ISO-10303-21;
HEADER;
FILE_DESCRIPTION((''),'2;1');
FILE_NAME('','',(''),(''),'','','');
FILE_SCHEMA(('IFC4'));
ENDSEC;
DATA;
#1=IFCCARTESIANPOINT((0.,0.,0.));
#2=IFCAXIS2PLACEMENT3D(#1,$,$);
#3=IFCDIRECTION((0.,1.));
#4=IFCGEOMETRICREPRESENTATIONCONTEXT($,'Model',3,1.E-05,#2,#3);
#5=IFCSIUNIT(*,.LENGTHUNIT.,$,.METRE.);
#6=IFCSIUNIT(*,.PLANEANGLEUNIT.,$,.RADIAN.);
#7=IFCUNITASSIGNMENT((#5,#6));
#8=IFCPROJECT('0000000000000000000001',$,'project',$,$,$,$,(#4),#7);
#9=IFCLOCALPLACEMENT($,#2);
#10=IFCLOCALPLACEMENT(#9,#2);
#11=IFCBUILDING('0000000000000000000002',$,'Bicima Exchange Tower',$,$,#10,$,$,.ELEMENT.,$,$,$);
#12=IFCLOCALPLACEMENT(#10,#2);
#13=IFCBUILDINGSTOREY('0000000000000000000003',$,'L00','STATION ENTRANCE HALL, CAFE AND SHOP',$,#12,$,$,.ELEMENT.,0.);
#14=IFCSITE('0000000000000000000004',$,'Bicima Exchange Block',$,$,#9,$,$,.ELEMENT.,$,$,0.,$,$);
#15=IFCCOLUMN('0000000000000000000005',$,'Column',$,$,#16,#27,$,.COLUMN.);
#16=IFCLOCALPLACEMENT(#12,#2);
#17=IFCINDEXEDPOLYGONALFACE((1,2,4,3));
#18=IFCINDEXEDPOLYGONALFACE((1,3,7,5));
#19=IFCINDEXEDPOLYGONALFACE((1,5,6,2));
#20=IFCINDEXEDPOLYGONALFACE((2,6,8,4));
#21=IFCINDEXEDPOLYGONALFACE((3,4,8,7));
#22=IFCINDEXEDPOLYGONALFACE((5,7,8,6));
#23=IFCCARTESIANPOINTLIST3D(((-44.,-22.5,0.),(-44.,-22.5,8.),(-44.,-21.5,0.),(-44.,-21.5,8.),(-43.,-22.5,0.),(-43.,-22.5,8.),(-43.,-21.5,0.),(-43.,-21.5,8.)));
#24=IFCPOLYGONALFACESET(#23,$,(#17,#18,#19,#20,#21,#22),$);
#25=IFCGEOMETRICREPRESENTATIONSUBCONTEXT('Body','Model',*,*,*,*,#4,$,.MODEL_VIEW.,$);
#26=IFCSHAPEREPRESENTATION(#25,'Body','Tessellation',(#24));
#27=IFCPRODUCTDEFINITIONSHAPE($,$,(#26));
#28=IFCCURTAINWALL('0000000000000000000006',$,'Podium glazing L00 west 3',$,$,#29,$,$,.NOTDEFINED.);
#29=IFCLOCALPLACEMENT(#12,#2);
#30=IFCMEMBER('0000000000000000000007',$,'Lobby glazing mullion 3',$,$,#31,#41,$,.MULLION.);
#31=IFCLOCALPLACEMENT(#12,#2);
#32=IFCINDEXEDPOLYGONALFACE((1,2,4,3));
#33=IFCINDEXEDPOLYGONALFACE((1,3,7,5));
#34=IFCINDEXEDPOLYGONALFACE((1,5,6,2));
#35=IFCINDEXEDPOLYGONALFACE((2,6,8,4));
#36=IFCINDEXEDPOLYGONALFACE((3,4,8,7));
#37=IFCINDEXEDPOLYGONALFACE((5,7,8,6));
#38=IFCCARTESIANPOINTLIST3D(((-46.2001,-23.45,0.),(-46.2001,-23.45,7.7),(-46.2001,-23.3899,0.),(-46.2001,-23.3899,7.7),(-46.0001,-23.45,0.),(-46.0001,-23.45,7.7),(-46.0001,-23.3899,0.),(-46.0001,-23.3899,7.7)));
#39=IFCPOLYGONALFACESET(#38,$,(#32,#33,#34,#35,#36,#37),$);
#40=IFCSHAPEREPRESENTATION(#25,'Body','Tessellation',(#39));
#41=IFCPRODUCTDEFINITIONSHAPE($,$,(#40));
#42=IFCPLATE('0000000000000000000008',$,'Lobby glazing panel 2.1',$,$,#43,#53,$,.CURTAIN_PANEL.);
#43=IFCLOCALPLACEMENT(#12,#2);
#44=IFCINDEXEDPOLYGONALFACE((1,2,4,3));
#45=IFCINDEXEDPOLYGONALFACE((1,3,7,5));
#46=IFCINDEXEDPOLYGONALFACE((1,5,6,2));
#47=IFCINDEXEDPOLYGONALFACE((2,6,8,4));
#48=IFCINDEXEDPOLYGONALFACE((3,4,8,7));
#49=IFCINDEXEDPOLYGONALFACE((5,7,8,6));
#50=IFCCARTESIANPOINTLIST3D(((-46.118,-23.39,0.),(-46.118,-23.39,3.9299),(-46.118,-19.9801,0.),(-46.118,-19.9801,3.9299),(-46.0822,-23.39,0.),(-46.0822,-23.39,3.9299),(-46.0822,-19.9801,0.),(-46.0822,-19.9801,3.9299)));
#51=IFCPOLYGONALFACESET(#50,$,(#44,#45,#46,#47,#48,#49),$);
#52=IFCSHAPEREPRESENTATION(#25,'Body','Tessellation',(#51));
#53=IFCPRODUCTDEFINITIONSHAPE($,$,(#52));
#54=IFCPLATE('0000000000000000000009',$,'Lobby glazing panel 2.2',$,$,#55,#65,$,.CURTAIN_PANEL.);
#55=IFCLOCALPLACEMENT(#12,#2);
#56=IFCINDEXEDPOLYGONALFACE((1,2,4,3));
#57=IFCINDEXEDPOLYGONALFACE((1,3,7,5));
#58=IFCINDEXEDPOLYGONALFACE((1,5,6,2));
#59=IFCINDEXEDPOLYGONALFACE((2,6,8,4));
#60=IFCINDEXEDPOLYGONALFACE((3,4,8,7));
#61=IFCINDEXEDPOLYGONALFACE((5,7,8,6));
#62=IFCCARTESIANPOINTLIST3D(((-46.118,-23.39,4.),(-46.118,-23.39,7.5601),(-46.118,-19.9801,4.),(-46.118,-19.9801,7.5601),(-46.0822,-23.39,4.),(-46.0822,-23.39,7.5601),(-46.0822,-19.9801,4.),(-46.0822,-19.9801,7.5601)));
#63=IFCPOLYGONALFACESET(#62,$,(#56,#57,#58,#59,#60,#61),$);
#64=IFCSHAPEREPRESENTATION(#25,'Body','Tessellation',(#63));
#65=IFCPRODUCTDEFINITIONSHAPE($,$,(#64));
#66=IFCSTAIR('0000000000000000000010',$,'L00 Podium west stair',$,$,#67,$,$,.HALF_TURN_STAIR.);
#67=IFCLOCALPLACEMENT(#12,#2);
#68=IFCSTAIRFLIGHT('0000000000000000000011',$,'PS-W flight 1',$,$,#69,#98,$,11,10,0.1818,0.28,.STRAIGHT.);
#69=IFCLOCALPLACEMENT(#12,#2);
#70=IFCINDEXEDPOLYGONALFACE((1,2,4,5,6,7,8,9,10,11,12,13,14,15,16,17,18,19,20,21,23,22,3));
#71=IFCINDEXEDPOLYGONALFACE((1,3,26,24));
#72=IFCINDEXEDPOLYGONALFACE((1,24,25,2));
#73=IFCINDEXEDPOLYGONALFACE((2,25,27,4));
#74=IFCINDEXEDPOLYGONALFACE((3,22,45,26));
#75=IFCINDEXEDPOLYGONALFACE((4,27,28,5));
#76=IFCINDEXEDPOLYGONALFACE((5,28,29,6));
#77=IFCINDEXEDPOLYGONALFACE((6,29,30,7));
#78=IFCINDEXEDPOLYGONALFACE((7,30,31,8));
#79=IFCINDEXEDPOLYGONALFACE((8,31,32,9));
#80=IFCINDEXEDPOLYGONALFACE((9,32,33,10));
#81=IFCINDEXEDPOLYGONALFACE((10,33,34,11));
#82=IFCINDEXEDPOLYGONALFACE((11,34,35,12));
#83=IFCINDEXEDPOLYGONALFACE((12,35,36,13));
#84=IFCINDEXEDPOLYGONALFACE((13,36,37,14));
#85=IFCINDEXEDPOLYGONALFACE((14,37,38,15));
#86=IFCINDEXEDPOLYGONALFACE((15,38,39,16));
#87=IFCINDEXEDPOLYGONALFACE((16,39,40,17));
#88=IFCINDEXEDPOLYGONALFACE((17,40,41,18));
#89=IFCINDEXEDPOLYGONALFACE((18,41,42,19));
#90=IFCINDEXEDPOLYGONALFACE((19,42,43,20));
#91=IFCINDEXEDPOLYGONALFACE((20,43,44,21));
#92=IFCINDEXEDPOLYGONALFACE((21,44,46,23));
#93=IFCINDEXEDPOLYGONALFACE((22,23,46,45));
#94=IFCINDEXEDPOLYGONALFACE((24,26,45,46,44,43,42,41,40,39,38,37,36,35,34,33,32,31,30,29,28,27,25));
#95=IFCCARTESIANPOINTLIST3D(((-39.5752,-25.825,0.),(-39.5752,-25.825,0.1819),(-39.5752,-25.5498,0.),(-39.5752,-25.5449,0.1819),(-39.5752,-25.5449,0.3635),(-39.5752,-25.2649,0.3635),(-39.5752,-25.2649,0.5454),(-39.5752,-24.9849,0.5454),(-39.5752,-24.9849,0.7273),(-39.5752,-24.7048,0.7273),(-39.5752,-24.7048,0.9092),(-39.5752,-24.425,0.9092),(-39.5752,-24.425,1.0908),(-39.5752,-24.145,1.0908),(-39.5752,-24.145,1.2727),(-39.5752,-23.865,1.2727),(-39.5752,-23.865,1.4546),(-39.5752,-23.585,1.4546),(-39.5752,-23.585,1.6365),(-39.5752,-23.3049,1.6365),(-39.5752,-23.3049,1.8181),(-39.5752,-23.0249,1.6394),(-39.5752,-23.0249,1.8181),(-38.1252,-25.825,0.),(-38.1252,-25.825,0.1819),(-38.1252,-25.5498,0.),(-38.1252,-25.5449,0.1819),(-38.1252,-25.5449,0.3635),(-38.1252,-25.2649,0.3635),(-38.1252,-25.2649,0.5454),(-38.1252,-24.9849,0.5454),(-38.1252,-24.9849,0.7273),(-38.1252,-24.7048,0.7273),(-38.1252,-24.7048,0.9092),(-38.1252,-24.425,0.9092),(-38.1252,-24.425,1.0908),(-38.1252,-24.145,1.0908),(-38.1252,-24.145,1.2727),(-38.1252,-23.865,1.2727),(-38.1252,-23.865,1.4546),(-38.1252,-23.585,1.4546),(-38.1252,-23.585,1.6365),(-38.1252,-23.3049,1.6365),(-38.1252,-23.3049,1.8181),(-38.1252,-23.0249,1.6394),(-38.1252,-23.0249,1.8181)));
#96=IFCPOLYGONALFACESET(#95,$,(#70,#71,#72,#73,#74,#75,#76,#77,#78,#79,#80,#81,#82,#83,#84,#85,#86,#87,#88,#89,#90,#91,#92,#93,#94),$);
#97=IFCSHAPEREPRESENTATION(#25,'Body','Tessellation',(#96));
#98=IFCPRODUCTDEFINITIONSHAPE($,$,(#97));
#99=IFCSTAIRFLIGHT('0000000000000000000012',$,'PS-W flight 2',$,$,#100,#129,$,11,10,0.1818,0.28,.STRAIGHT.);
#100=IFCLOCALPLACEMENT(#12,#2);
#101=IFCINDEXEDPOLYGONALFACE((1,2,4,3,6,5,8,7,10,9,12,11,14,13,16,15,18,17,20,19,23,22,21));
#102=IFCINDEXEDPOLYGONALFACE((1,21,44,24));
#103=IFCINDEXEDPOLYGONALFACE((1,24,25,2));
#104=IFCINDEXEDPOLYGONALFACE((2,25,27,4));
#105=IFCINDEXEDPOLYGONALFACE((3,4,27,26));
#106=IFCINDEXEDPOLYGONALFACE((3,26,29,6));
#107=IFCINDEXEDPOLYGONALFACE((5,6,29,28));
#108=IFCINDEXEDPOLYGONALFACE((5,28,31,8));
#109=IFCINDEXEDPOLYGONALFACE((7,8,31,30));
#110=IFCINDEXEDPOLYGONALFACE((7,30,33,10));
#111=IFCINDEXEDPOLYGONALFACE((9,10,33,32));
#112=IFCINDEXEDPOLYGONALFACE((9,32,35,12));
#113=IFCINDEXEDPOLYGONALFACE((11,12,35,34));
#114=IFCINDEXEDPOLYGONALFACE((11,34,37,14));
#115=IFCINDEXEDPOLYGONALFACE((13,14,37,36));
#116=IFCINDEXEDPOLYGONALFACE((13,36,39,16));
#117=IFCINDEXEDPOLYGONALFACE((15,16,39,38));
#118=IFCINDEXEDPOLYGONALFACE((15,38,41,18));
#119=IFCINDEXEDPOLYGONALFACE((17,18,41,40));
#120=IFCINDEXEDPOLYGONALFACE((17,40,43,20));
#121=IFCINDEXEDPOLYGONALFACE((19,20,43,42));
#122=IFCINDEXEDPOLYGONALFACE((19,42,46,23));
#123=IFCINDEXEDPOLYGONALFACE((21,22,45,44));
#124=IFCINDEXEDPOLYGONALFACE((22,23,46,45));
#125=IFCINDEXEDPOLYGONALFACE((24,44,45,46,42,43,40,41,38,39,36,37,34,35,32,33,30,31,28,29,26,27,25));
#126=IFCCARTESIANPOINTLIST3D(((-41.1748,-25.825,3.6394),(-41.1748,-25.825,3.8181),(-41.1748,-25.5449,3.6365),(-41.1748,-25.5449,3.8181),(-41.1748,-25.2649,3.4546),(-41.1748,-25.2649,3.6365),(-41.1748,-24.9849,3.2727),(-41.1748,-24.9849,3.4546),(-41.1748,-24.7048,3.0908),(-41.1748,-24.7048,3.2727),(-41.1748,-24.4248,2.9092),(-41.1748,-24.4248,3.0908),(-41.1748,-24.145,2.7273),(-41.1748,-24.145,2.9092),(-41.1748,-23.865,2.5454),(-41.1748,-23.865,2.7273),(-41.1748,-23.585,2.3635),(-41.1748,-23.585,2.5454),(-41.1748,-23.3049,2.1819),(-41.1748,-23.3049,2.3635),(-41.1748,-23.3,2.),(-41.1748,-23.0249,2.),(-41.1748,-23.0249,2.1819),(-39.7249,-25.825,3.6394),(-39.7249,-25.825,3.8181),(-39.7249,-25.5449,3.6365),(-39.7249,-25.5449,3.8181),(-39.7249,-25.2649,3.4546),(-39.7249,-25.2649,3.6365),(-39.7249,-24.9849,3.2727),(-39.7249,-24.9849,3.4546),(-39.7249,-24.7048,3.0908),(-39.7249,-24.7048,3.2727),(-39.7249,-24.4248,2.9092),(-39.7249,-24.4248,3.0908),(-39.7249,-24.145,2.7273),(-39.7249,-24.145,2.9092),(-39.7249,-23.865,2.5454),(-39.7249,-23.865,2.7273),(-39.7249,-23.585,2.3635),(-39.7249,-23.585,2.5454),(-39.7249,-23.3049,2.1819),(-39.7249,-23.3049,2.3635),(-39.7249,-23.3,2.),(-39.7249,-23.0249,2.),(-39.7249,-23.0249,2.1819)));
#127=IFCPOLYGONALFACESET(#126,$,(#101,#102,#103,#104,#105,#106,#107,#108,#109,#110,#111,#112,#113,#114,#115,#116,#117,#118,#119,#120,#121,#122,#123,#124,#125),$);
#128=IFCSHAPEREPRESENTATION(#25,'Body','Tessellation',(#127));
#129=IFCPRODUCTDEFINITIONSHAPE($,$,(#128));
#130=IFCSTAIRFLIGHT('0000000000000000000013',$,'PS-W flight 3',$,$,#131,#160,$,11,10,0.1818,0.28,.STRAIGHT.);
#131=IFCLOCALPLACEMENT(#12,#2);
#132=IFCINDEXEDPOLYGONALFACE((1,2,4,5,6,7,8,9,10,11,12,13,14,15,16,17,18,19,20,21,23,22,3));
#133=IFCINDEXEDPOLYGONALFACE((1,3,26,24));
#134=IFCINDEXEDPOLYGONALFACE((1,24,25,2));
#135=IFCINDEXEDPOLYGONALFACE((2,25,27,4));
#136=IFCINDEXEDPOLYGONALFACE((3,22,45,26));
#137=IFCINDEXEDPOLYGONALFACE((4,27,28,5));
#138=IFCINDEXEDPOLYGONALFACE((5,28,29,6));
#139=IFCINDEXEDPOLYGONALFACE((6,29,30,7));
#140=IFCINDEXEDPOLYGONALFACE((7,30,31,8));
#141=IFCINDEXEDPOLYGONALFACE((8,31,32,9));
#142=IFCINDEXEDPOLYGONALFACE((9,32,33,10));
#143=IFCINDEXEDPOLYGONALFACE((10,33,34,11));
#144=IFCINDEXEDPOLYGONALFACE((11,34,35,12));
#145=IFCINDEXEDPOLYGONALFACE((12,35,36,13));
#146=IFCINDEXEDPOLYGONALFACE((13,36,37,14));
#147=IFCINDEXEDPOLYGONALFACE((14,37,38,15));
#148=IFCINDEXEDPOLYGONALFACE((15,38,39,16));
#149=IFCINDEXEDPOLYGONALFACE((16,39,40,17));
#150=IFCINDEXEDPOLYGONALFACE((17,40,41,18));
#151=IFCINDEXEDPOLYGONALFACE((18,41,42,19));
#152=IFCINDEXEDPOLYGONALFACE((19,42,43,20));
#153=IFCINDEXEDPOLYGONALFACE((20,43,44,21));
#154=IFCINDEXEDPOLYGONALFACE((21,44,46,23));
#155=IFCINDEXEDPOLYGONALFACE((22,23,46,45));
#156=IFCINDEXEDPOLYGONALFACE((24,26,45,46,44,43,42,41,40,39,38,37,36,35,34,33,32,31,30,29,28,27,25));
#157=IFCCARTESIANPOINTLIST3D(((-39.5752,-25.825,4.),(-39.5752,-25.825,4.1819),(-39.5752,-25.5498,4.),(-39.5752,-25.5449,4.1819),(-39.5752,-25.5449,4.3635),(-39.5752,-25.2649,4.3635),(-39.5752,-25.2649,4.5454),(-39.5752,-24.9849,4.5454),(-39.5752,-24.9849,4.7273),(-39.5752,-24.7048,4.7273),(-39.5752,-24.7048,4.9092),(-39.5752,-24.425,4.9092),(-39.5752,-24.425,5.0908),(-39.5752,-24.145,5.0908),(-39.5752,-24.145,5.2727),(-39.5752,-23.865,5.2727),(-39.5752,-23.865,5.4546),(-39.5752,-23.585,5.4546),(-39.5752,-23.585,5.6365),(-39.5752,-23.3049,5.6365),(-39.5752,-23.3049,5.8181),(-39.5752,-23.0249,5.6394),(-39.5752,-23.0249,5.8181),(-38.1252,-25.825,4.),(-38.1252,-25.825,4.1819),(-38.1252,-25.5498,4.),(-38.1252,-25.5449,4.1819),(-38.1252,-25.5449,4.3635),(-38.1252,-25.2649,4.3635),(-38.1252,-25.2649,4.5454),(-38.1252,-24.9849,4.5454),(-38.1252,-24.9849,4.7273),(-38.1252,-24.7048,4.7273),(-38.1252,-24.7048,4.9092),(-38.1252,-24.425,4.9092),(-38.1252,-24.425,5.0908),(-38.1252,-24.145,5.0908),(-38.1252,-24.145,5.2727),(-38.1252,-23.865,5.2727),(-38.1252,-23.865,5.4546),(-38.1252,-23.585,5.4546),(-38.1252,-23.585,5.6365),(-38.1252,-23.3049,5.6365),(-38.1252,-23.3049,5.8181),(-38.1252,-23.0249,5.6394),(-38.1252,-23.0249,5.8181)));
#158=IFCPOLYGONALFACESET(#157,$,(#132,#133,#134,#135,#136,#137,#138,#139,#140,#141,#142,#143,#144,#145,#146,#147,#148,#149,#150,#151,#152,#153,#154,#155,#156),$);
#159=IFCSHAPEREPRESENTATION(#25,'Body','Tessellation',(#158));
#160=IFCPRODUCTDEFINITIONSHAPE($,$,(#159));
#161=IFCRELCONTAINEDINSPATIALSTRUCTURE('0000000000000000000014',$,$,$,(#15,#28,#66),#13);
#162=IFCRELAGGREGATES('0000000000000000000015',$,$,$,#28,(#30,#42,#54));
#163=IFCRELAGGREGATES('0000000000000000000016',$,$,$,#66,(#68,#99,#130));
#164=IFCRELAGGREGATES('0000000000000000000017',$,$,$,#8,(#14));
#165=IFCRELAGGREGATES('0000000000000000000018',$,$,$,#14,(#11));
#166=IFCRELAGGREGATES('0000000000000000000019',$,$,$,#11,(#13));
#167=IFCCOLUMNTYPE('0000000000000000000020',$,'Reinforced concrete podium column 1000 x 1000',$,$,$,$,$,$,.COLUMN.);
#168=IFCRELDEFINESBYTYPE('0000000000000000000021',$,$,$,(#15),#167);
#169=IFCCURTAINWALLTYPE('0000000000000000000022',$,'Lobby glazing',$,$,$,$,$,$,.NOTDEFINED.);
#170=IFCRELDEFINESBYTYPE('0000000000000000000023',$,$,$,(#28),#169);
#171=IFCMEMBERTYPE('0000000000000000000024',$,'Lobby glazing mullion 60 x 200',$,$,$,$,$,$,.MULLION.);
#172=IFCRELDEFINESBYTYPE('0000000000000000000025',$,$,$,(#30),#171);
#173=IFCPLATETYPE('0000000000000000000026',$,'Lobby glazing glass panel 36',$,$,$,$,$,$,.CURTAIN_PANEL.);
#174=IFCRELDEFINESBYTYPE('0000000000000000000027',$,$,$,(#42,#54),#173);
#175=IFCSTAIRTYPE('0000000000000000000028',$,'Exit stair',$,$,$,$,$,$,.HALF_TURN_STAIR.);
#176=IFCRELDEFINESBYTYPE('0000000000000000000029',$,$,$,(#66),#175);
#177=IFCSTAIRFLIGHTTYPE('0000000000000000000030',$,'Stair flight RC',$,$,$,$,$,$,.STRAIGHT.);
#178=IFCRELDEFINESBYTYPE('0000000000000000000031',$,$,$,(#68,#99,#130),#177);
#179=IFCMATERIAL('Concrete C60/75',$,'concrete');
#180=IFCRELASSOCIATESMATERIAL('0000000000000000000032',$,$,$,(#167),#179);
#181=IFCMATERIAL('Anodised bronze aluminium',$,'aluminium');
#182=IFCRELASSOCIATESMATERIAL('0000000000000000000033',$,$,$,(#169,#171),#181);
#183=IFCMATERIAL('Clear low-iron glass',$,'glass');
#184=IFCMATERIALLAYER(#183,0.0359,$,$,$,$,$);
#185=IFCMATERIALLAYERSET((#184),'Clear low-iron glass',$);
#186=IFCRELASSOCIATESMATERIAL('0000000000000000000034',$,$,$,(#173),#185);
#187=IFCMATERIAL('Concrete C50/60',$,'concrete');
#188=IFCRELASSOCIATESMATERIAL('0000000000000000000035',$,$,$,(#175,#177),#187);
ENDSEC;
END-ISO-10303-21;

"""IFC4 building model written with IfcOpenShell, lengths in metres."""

from ifc_helpers import new_model, si_unit, direction, frame, origin, origin_2d, place, context, subcontext, project, spatial, polyline, rectangle, outline, extrude, material, layer, layer_set, material_profile, profile_set, type_object, element, aggregate, save


model = new_model("IFC4")

# Units and contexts
model_context = context("Model", 3, precision=1e-05, world=origin(), true_north=direction((0.0, 1.0)))
body_context = subcontext(model_context, "Body", "Model", "MODEL_VIEW")
ifc_project = project(units=[si_unit("LENGTHUNIT", "METRE"), si_unit("PLANEANGLEUNIT", "RADIAN")], contexts=[model_context])

# Site, building, storey
site_placement = place(None, origin())
site = spatial("IfcSite", under=ifc_project, at=site_placement, Name="Bicima Exchange Block", CompositionType="ELEMENT", RefElevation=0.0)
building_placement = place(site_placement, origin())
building = spatial("IfcBuilding", under=site, at=building_placement, Name="Bicima Exchange Tower", CompositionType="ELEMENT")
storey_placement = place(building_placement, origin())
storey = spatial("IfcBuildingStorey", under=building, at=storey_placement, Name="L00", Description="STATION ENTRANCE HALL, CAFE AND SHOP", CompositionType="ELEMENT", Elevation=0.0)

# Column
ifc_material_1 = material(Name="Concrete C60/75", Category="concrete")
ifc_material_profile_1 = material_profile(ifc_material_1, rectangle(XDim=1.0, YDim=1.0, at=origin_2d()))
ifc_profile_set_1 = profile_set([ifc_material_profile_1], Name="Concrete C60/75")
column_type = type_object("IfcColumnType", Name="Reinforced concrete podium column 1000 x 1000", PredefinedType="COLUMN", material=ifc_profile_set_1)
column_placement = place(storey_placement, frame((-43.5, -22.0, 0.0), z_axis=(0.0, 0.0, 1.0), x_axis=(1.0, 0.0, 0.0)))
element("IfcColumn", 1, at=column_placement, inside=storey, type_object=column_type, Name="Column", PredefinedType="COLUMN", context=body_context, shape_type="SweptSolid", body=[
    extrude(rectangle(XDim=1.0, YDim=1.0, at=origin_2d()), origin(), (0.0, 0.0, 1.0), 8.0),
])

# Curtain wall, member, plates
ifc_material_2 = material(Name="Anodised bronze aluminium", Category="aluminium")
curtain_wall_type = type_object("IfcCurtainWallType", Name="Lobby glazing", PredefinedType="NOTDEFINED", material=ifc_material_2)
curtain_wall_placement = place(storey_placement, origin())
curtain_wall = element("IfcCurtainWall", 2, at=curtain_wall_placement, inside=storey, type_object=curtain_wall_type, Name="Podium glazing L00 west 3", PredefinedType="NOTDEFINED")
ifc_material_profile_2 = material_profile(ifc_material_2, rectangle(XDim=0.2, YDim=0.0601, at=origin_2d()))
ifc_profile_set_2 = profile_set([ifc_material_profile_2], Name="Anodised bronze aluminium")
member_type = type_object("IfcMemberType", Name="Lobby glazing mullion 60 x 200", PredefinedType="MULLION", material=ifc_profile_set_2)
member_placement = place(storey_placement, frame((-46.1001, -23.4199, 0.0), z_axis=(0.0, 0.0, 1.0), x_axis=(1.0, 0.0, 0.0)))
member = element("IfcMember", 3, at=member_placement, type_object=member_type, Name="Lobby glazing mullion 3", PredefinedType="MULLION", context=body_context, shape_type="SweptSolid", body=[
    extrude(rectangle(XDim=0.2, YDim=0.0601, at=origin_2d()), origin(), (0.0, 0.0, 1.0), 7.7),
])
ifc_material_3 = material(Name="Clear low-iron glass", Category="glass")
ifc_layer = layer(ifc_material_3, 0.0359)
ifc_layer_set = layer_set([ifc_layer], Name="Clear low-iron glass")
plate_type = type_object("IfcPlateType", Name="Lobby glazing glass panel 36", PredefinedType="CURTAIN_PANEL", material=ifc_layer_set)
plate_1_placement = place(storey_placement, frame((-46.1001, -21.6851, 0.0), z_axis=(0.0, 0.0, 1.0), x_axis=(0.0, -1.0, 0.0)))
plate_1 = element("IfcPlate", 4, at=plate_1_placement, type_object=plate_type, Name="Lobby glazing panel 2.1", PredefinedType="CURTAIN_PANEL", context=body_context, shape_type="SweptSolid", body=[
    extrude(rectangle(XDim=3.4099, YDim=0.0359, at=origin_2d()), origin(), (0.0, 0.0, 1.0), 3.9299),
])
plate_2_placement = place(storey_placement, frame((-46.1001, -21.6851, 4.0), z_axis=(0.0, 0.0, 1.0), x_axis=(0.0, -1.0, 0.0)))
plate_2 = element("IfcPlate", 5, at=plate_2_placement, type_object=plate_type, Name="Lobby glazing panel 2.2", PredefinedType="CURTAIN_PANEL", context=body_context, shape_type="SweptSolid", body=[
    extrude(rectangle(XDim=3.4099, YDim=0.0359, at=origin_2d()), origin(), (0.0, 0.0, 1.0), 3.5601),
])
aggregate(curtain_wall, [member, plate_1, plate_2])

# Stair, stair flights
ifc_material_4 = material(Name="Concrete C50/60", Category="concrete")
stair_type = type_object("IfcStairType", Name="Exit stair", PredefinedType="HALF_TURN_STAIR", material=ifc_material_4)
stair_placement = place(storey_placement, origin())
stair = element("IfcStair", 6, at=stair_placement, inside=storey, type_object=stair_type, Name="L00 Podium west stair", PredefinedType="HALF_TURN_STAIR")
stair_flight_type = type_object("IfcStairFlightType", Name="Stair flight RC", PredefinedType="STRAIGHT", material=ifc_material_4)
stair_flight_1_placement = place(storey_placement, frame((-38.8501, -25.825, 0.0), z_axis=(0.0, 0.0, 1.0), x_axis=(0.0, 1.0, 0.0)))
stair_flight_1 = element("IfcStairFlight", 7, at=stair_flight_1_placement, type_object=stair_flight_type, Name="PS-W flight 1", NumberOfRisers=11, NumberOfTreads=10, PredefinedType="STRAIGHT", RiserHeight=0.1818, TreadLength=0.28, context=body_context, shape_type="SweptSolid", body=[
    extrude(outline(polyline([(0.0, 0.0), (0.0, 0.1819), (0.28, 0.1819), (0.28, 0.3635), (0.5601, 0.3635), (0.5601, 0.5454), (0.8401, 0.5454), (0.8401, 0.7273), (1.1201, 0.7273), (1.1201, 0.9092), (1.3999, 0.9092), (1.3999, 1.0908), (1.6799, 1.0908), (1.6799, 1.2727), (1.96, 1.2727), (1.96, 1.4546), (2.24, 1.4546), (2.24, 1.6365), (2.52, 1.6365), (2.52, 1.8181), (2.8, 1.8181), (2.8, 2.0), (2.8, 1.6394), (0.2751, 0.0), (0.0, 0.0)])), frame((0.0, 0.7251, 0.0), z_axis=(0.0, -1.0, 0.0), x_axis=(1.0, 0.0, 0.0)), (0.0, 0.0, 1.0), 1.45),
])
stair_flight_2_placement = place(storey_placement, frame((-40.45, -23.0249, 2.0), z_axis=(0.0, 0.0, 1.0), x_axis=(0.0, -1.0, 0.0)))
stair_flight_2 = element("IfcStairFlight", 8, at=stair_flight_2_placement, type_object=stair_flight_type, Name="PS-W flight 2", NumberOfRisers=11, NumberOfTreads=10, PredefinedType="STRAIGHT", RiserHeight=0.1818, TreadLength=0.28, context=body_context, shape_type="SweptSolid", body=[
    extrude(outline(polyline([(0.0, 0.0), (0.0, 0.1819), (0.28, 0.1819), (0.28, 0.3635), (0.5601, 0.3635), (0.5601, 0.5454), (0.8401, 0.5454), (0.8401, 0.7273), (1.1201, 0.7273), (1.1201, 0.9092), (1.3999, 0.9092), (1.3999, 1.0908), (1.6799, 1.0908), (1.6799, 1.2727), (1.96, 1.2727), (1.96, 1.4546), (2.24, 1.4546), (2.24, 1.6365), (2.52, 1.6365), (2.52, 1.8181), (2.8, 1.8181), (2.8, 2.0), (2.8, 1.6394), (0.2751, 0.0), (0.0, 0.0)])), frame((0.0, 0.7251, 0.0), z_axis=(0.0, -1.0, 0.0), x_axis=(1.0, 0.0, 0.0)), (0.0, 0.0, 1.0), 1.45),
])
stair_flight_3_placement = place(storey_placement, frame((-38.8501, -25.825, 4.0), z_axis=(0.0, 0.0, 1.0), x_axis=(0.0, 1.0, 0.0)))
stair_flight_3 = element("IfcStairFlight", 9, at=stair_flight_3_placement, type_object=stair_flight_type, Name="PS-W flight 3", NumberOfRisers=11, NumberOfTreads=10, PredefinedType="STRAIGHT", RiserHeight=0.1818, TreadLength=0.28, context=body_context, shape_type="SweptSolid", body=[
    extrude(outline(polyline([(0.0, 0.0), (0.0, 0.1819), (0.28, 0.1819), (0.28, 0.3635), (0.5601, 0.3635), (0.5601, 0.5454), (0.8401, 0.5454), (0.8401, 0.7273), (1.1201, 0.7273), (1.1201, 0.9092), (1.3999, 0.9092), (1.3999, 1.0908), (1.6799, 1.0908), (1.6799, 1.2727), (1.96, 1.2727), (1.96, 1.4546), (2.24, 1.4546), (2.24, 1.6365), (2.52, 1.6365), (2.52, 1.8181), (2.8, 1.8181), (2.8, 2.0), (2.8, 1.6394), (0.2751, 0.0), (0.0, 0.0)])), frame((0.0, 0.7251, 0.0), z_axis=(0.0, -1.0, 0.0), x_axis=(1.0, 0.0, 0.0)), (0.0, 0.0, 1.0), 1.45),
])
aggregate(stair, [stair_flight_1, stair_flight_2, stair_flight_3])

save(model, "model.ifc")
